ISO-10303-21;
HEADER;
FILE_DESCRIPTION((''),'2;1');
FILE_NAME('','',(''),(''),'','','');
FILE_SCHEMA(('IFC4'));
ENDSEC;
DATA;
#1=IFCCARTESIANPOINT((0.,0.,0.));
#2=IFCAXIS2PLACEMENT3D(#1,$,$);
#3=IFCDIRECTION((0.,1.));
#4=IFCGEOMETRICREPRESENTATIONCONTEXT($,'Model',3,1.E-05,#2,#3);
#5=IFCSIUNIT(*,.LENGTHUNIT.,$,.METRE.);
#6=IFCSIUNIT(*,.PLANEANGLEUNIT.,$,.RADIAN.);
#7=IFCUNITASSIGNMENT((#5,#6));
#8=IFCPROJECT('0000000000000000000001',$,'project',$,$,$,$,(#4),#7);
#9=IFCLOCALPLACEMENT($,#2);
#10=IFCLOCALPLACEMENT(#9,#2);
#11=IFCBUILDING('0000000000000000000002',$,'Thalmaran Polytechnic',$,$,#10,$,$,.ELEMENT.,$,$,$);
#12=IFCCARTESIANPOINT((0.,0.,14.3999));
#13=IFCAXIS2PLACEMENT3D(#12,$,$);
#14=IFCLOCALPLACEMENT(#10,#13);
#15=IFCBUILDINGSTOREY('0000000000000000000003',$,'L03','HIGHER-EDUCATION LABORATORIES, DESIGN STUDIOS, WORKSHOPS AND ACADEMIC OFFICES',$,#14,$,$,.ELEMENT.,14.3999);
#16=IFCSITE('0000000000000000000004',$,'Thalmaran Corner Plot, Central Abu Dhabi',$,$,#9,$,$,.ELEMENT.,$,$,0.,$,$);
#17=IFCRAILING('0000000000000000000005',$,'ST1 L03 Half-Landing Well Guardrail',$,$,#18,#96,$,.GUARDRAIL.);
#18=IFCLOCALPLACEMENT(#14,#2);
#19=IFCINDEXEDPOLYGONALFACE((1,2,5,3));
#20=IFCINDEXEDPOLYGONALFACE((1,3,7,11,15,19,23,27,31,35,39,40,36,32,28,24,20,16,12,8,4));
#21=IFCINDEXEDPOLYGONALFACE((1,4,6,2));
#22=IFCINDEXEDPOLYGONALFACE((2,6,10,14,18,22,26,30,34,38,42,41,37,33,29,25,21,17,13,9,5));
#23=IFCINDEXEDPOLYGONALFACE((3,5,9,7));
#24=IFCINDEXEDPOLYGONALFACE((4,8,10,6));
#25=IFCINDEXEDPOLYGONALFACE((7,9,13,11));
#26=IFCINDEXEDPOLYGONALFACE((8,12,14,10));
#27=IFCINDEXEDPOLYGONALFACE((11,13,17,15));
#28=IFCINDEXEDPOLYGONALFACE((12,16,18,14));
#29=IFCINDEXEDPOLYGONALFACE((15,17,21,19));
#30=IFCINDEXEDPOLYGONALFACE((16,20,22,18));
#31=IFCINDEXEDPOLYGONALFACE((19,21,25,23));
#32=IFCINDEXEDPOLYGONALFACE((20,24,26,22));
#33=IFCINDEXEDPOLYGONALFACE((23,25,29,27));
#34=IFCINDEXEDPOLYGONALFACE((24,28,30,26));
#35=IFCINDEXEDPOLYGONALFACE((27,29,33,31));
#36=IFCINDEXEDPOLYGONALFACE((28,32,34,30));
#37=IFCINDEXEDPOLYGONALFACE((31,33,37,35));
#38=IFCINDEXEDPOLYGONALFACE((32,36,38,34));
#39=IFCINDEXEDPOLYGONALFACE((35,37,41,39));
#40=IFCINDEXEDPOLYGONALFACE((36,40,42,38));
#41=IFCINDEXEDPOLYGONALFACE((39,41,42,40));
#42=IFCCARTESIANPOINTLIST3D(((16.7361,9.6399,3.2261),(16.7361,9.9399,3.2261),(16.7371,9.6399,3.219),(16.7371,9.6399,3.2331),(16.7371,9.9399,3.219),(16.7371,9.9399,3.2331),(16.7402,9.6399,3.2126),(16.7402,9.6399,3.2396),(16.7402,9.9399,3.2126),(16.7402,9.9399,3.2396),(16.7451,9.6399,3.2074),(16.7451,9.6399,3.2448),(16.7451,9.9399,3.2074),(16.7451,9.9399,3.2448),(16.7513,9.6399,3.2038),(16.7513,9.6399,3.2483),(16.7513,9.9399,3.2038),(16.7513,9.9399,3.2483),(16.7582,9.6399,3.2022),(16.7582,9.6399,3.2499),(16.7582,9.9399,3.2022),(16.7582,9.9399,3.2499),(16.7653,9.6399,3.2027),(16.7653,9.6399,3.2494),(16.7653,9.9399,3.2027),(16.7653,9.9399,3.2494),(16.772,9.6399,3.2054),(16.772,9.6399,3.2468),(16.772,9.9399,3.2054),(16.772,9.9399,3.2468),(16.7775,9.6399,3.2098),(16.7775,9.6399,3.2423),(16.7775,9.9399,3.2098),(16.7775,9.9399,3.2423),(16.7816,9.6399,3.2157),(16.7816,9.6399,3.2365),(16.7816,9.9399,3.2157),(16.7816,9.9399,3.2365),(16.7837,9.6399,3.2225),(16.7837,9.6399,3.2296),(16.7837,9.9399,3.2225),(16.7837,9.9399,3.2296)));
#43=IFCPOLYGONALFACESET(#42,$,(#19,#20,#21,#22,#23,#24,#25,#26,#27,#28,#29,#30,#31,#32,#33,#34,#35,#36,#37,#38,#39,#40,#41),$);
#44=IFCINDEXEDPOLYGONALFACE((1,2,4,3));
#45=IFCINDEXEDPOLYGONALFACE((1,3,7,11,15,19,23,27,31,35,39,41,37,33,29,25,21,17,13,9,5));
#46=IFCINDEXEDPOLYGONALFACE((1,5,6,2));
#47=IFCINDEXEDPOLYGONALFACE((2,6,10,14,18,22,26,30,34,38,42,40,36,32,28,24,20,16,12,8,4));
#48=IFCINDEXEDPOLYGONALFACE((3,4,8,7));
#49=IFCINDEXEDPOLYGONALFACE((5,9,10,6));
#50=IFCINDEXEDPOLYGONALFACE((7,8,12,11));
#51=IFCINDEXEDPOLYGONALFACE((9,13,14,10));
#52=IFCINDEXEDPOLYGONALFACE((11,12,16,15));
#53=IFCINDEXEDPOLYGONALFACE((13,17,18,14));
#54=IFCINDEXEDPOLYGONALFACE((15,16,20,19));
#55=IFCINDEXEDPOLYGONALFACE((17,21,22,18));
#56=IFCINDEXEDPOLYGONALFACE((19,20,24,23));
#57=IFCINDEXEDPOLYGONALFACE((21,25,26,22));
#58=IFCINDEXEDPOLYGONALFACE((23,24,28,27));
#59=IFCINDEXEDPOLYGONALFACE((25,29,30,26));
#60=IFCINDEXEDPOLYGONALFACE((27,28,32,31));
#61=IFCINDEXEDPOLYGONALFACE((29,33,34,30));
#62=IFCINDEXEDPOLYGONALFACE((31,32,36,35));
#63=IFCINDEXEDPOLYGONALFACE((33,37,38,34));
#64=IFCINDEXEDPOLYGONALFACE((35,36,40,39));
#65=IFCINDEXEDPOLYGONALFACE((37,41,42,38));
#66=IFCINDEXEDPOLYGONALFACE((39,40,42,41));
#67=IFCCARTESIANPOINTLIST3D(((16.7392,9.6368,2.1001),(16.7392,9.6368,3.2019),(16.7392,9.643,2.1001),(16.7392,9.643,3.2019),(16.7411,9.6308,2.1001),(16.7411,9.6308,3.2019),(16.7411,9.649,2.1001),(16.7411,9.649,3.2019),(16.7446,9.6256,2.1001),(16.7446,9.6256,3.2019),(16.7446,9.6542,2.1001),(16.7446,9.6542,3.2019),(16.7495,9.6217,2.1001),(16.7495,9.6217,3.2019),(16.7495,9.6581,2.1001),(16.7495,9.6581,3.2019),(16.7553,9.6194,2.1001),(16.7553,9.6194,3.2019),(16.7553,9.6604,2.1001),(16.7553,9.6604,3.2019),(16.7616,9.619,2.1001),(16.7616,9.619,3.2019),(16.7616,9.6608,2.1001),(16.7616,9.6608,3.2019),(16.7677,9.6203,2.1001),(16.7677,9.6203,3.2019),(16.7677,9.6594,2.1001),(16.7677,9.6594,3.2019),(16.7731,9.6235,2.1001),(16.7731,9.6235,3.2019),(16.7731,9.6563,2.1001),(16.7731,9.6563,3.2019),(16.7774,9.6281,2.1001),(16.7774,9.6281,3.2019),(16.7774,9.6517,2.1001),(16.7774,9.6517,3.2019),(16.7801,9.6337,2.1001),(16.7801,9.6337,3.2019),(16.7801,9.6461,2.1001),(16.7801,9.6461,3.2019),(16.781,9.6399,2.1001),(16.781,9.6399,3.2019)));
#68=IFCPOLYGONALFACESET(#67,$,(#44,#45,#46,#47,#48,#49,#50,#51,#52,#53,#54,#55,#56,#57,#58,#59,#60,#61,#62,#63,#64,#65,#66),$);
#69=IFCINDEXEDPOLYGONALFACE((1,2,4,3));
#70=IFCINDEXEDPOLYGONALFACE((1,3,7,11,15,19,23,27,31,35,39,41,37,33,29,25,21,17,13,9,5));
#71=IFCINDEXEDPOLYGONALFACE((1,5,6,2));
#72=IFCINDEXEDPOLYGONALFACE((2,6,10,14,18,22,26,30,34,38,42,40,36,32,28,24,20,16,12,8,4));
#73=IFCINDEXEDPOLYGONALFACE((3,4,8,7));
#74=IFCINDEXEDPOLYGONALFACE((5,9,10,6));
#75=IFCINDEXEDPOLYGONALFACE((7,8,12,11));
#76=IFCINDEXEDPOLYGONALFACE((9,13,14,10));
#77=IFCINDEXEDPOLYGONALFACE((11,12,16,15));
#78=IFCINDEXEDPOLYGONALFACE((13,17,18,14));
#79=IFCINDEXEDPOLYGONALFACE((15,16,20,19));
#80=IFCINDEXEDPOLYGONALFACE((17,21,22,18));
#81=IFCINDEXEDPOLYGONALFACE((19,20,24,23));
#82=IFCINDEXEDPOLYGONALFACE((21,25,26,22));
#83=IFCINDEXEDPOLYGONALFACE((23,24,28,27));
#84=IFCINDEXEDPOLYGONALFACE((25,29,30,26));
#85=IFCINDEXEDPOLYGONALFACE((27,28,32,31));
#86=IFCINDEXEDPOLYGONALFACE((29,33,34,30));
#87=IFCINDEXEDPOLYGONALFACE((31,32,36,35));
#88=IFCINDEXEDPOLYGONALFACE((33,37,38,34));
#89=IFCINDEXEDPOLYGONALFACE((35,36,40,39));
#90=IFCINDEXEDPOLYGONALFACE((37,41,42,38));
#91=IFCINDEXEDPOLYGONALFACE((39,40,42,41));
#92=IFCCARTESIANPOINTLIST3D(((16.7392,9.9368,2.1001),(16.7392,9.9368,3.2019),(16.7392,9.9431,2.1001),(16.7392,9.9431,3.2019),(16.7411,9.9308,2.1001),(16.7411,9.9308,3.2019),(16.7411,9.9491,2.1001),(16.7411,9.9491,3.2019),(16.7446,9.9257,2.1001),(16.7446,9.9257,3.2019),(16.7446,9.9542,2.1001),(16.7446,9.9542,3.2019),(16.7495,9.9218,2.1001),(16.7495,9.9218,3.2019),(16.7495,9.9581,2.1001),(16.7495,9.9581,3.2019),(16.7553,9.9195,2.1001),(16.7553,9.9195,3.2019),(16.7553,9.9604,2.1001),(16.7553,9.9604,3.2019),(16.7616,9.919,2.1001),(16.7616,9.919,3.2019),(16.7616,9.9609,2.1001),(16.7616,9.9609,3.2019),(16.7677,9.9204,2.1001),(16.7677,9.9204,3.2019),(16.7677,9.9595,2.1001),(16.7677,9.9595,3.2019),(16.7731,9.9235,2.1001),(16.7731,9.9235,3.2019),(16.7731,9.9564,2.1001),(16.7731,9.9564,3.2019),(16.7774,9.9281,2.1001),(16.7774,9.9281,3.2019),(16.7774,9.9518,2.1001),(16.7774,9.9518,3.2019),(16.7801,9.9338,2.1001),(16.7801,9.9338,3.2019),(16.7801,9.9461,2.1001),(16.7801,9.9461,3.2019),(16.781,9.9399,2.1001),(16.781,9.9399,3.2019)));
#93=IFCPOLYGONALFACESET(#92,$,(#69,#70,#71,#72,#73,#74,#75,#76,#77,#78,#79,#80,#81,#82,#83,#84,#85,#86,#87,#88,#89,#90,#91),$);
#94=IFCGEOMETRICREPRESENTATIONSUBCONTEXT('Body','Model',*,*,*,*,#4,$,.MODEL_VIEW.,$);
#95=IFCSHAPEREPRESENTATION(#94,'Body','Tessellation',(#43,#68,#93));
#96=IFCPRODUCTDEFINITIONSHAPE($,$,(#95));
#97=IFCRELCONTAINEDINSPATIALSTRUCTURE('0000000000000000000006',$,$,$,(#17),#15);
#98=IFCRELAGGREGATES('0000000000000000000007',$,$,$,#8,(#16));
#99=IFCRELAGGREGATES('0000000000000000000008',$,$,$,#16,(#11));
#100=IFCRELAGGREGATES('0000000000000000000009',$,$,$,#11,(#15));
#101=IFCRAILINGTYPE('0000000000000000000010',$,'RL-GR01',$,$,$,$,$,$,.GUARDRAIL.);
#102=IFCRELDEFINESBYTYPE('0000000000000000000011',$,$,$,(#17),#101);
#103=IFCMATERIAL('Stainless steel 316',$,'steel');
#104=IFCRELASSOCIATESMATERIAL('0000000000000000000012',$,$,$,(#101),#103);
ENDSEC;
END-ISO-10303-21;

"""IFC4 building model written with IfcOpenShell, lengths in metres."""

from ifc_helpers import new_model, si_unit, direction, frame, origin, origin_2d, place, context, subcontext, project, spatial, circle, extrude, material, type_object, element, save


model = new_model("IFC4")

# Units and contexts
model_context = context("Model", 3, precision=1e-05, world=origin(), true_north=direction((0.0, 1.0)))
body_context = subcontext(model_context, "Body", "Model", "MODEL_VIEW")
ifc_project = project(units=[si_unit("LENGTHUNIT", "METRE"), si_unit("PLANEANGLEUNIT", "RADIAN")], contexts=[model_context])

# Site, building, storey
site_placement = place(None, origin())
site = spatial("IfcSite", under=ifc_project, at=site_placement, Name="Thalmaran Corner Plot, Central Abu Dhabi", CompositionType="ELEMENT", RefElevation=0.0)
building_placement = place(site_placement, origin())
building = spatial("IfcBuilding", under=site, at=building_placement, Name="Thalmaran Polytechnic", CompositionType="ELEMENT")
storey_placement = place(building_placement, frame((0.0, 0.0, 14.3999)))
storey = spatial("IfcBuildingStorey", under=building, at=storey_placement, Name="L03", Description="HIGHER-EDUCATION LABORATORIES, DESIGN STUDIOS, WORKSHOPS AND ACADEMIC OFFICES", CompositionType="ELEMENT", Elevation=14.3999)

# Railing
ifc_material_1 = material(Name="Stainless steel 316", Category="steel")
railing_type_1 = type_object("IfcRailingType", Name="RL-GR01", PredefinedType="GUARDRAIL", material=ifc_material_1)
railing_1_placement = place(storey_placement, frame((16.76, 9.6399, 2.1001)))
element("IfcRailing", 1, at=railing_1_placement, inside=storey, type_object=railing_type_1, Name="ST1 L03 Half-Landing Well Guardrail", PredefinedType="GUARDRAIL", context=body_context, shape_type="SweptSolid", body=[
    extrude(circle(Radius=0.0239, at=origin_2d()), frame((0.0, 0.0, 1.126), z_axis=(0.0, 1.0, 0.0), x_axis=(-1.0, 0.0, 0.0)), (0.0, 0.0, 1.0), 0.3),
    extrude(circle(Radius=0.021, at=origin_2d()), origin(), (0.0, 0.0, 1.0), 1.1018),
    extrude(circle(Radius=0.021, at=origin_2d()), frame((0.0, 0.3, 0.0)), (0.0, 0.0, 1.0), 1.1018),
])

save(model, "model.ifc")
